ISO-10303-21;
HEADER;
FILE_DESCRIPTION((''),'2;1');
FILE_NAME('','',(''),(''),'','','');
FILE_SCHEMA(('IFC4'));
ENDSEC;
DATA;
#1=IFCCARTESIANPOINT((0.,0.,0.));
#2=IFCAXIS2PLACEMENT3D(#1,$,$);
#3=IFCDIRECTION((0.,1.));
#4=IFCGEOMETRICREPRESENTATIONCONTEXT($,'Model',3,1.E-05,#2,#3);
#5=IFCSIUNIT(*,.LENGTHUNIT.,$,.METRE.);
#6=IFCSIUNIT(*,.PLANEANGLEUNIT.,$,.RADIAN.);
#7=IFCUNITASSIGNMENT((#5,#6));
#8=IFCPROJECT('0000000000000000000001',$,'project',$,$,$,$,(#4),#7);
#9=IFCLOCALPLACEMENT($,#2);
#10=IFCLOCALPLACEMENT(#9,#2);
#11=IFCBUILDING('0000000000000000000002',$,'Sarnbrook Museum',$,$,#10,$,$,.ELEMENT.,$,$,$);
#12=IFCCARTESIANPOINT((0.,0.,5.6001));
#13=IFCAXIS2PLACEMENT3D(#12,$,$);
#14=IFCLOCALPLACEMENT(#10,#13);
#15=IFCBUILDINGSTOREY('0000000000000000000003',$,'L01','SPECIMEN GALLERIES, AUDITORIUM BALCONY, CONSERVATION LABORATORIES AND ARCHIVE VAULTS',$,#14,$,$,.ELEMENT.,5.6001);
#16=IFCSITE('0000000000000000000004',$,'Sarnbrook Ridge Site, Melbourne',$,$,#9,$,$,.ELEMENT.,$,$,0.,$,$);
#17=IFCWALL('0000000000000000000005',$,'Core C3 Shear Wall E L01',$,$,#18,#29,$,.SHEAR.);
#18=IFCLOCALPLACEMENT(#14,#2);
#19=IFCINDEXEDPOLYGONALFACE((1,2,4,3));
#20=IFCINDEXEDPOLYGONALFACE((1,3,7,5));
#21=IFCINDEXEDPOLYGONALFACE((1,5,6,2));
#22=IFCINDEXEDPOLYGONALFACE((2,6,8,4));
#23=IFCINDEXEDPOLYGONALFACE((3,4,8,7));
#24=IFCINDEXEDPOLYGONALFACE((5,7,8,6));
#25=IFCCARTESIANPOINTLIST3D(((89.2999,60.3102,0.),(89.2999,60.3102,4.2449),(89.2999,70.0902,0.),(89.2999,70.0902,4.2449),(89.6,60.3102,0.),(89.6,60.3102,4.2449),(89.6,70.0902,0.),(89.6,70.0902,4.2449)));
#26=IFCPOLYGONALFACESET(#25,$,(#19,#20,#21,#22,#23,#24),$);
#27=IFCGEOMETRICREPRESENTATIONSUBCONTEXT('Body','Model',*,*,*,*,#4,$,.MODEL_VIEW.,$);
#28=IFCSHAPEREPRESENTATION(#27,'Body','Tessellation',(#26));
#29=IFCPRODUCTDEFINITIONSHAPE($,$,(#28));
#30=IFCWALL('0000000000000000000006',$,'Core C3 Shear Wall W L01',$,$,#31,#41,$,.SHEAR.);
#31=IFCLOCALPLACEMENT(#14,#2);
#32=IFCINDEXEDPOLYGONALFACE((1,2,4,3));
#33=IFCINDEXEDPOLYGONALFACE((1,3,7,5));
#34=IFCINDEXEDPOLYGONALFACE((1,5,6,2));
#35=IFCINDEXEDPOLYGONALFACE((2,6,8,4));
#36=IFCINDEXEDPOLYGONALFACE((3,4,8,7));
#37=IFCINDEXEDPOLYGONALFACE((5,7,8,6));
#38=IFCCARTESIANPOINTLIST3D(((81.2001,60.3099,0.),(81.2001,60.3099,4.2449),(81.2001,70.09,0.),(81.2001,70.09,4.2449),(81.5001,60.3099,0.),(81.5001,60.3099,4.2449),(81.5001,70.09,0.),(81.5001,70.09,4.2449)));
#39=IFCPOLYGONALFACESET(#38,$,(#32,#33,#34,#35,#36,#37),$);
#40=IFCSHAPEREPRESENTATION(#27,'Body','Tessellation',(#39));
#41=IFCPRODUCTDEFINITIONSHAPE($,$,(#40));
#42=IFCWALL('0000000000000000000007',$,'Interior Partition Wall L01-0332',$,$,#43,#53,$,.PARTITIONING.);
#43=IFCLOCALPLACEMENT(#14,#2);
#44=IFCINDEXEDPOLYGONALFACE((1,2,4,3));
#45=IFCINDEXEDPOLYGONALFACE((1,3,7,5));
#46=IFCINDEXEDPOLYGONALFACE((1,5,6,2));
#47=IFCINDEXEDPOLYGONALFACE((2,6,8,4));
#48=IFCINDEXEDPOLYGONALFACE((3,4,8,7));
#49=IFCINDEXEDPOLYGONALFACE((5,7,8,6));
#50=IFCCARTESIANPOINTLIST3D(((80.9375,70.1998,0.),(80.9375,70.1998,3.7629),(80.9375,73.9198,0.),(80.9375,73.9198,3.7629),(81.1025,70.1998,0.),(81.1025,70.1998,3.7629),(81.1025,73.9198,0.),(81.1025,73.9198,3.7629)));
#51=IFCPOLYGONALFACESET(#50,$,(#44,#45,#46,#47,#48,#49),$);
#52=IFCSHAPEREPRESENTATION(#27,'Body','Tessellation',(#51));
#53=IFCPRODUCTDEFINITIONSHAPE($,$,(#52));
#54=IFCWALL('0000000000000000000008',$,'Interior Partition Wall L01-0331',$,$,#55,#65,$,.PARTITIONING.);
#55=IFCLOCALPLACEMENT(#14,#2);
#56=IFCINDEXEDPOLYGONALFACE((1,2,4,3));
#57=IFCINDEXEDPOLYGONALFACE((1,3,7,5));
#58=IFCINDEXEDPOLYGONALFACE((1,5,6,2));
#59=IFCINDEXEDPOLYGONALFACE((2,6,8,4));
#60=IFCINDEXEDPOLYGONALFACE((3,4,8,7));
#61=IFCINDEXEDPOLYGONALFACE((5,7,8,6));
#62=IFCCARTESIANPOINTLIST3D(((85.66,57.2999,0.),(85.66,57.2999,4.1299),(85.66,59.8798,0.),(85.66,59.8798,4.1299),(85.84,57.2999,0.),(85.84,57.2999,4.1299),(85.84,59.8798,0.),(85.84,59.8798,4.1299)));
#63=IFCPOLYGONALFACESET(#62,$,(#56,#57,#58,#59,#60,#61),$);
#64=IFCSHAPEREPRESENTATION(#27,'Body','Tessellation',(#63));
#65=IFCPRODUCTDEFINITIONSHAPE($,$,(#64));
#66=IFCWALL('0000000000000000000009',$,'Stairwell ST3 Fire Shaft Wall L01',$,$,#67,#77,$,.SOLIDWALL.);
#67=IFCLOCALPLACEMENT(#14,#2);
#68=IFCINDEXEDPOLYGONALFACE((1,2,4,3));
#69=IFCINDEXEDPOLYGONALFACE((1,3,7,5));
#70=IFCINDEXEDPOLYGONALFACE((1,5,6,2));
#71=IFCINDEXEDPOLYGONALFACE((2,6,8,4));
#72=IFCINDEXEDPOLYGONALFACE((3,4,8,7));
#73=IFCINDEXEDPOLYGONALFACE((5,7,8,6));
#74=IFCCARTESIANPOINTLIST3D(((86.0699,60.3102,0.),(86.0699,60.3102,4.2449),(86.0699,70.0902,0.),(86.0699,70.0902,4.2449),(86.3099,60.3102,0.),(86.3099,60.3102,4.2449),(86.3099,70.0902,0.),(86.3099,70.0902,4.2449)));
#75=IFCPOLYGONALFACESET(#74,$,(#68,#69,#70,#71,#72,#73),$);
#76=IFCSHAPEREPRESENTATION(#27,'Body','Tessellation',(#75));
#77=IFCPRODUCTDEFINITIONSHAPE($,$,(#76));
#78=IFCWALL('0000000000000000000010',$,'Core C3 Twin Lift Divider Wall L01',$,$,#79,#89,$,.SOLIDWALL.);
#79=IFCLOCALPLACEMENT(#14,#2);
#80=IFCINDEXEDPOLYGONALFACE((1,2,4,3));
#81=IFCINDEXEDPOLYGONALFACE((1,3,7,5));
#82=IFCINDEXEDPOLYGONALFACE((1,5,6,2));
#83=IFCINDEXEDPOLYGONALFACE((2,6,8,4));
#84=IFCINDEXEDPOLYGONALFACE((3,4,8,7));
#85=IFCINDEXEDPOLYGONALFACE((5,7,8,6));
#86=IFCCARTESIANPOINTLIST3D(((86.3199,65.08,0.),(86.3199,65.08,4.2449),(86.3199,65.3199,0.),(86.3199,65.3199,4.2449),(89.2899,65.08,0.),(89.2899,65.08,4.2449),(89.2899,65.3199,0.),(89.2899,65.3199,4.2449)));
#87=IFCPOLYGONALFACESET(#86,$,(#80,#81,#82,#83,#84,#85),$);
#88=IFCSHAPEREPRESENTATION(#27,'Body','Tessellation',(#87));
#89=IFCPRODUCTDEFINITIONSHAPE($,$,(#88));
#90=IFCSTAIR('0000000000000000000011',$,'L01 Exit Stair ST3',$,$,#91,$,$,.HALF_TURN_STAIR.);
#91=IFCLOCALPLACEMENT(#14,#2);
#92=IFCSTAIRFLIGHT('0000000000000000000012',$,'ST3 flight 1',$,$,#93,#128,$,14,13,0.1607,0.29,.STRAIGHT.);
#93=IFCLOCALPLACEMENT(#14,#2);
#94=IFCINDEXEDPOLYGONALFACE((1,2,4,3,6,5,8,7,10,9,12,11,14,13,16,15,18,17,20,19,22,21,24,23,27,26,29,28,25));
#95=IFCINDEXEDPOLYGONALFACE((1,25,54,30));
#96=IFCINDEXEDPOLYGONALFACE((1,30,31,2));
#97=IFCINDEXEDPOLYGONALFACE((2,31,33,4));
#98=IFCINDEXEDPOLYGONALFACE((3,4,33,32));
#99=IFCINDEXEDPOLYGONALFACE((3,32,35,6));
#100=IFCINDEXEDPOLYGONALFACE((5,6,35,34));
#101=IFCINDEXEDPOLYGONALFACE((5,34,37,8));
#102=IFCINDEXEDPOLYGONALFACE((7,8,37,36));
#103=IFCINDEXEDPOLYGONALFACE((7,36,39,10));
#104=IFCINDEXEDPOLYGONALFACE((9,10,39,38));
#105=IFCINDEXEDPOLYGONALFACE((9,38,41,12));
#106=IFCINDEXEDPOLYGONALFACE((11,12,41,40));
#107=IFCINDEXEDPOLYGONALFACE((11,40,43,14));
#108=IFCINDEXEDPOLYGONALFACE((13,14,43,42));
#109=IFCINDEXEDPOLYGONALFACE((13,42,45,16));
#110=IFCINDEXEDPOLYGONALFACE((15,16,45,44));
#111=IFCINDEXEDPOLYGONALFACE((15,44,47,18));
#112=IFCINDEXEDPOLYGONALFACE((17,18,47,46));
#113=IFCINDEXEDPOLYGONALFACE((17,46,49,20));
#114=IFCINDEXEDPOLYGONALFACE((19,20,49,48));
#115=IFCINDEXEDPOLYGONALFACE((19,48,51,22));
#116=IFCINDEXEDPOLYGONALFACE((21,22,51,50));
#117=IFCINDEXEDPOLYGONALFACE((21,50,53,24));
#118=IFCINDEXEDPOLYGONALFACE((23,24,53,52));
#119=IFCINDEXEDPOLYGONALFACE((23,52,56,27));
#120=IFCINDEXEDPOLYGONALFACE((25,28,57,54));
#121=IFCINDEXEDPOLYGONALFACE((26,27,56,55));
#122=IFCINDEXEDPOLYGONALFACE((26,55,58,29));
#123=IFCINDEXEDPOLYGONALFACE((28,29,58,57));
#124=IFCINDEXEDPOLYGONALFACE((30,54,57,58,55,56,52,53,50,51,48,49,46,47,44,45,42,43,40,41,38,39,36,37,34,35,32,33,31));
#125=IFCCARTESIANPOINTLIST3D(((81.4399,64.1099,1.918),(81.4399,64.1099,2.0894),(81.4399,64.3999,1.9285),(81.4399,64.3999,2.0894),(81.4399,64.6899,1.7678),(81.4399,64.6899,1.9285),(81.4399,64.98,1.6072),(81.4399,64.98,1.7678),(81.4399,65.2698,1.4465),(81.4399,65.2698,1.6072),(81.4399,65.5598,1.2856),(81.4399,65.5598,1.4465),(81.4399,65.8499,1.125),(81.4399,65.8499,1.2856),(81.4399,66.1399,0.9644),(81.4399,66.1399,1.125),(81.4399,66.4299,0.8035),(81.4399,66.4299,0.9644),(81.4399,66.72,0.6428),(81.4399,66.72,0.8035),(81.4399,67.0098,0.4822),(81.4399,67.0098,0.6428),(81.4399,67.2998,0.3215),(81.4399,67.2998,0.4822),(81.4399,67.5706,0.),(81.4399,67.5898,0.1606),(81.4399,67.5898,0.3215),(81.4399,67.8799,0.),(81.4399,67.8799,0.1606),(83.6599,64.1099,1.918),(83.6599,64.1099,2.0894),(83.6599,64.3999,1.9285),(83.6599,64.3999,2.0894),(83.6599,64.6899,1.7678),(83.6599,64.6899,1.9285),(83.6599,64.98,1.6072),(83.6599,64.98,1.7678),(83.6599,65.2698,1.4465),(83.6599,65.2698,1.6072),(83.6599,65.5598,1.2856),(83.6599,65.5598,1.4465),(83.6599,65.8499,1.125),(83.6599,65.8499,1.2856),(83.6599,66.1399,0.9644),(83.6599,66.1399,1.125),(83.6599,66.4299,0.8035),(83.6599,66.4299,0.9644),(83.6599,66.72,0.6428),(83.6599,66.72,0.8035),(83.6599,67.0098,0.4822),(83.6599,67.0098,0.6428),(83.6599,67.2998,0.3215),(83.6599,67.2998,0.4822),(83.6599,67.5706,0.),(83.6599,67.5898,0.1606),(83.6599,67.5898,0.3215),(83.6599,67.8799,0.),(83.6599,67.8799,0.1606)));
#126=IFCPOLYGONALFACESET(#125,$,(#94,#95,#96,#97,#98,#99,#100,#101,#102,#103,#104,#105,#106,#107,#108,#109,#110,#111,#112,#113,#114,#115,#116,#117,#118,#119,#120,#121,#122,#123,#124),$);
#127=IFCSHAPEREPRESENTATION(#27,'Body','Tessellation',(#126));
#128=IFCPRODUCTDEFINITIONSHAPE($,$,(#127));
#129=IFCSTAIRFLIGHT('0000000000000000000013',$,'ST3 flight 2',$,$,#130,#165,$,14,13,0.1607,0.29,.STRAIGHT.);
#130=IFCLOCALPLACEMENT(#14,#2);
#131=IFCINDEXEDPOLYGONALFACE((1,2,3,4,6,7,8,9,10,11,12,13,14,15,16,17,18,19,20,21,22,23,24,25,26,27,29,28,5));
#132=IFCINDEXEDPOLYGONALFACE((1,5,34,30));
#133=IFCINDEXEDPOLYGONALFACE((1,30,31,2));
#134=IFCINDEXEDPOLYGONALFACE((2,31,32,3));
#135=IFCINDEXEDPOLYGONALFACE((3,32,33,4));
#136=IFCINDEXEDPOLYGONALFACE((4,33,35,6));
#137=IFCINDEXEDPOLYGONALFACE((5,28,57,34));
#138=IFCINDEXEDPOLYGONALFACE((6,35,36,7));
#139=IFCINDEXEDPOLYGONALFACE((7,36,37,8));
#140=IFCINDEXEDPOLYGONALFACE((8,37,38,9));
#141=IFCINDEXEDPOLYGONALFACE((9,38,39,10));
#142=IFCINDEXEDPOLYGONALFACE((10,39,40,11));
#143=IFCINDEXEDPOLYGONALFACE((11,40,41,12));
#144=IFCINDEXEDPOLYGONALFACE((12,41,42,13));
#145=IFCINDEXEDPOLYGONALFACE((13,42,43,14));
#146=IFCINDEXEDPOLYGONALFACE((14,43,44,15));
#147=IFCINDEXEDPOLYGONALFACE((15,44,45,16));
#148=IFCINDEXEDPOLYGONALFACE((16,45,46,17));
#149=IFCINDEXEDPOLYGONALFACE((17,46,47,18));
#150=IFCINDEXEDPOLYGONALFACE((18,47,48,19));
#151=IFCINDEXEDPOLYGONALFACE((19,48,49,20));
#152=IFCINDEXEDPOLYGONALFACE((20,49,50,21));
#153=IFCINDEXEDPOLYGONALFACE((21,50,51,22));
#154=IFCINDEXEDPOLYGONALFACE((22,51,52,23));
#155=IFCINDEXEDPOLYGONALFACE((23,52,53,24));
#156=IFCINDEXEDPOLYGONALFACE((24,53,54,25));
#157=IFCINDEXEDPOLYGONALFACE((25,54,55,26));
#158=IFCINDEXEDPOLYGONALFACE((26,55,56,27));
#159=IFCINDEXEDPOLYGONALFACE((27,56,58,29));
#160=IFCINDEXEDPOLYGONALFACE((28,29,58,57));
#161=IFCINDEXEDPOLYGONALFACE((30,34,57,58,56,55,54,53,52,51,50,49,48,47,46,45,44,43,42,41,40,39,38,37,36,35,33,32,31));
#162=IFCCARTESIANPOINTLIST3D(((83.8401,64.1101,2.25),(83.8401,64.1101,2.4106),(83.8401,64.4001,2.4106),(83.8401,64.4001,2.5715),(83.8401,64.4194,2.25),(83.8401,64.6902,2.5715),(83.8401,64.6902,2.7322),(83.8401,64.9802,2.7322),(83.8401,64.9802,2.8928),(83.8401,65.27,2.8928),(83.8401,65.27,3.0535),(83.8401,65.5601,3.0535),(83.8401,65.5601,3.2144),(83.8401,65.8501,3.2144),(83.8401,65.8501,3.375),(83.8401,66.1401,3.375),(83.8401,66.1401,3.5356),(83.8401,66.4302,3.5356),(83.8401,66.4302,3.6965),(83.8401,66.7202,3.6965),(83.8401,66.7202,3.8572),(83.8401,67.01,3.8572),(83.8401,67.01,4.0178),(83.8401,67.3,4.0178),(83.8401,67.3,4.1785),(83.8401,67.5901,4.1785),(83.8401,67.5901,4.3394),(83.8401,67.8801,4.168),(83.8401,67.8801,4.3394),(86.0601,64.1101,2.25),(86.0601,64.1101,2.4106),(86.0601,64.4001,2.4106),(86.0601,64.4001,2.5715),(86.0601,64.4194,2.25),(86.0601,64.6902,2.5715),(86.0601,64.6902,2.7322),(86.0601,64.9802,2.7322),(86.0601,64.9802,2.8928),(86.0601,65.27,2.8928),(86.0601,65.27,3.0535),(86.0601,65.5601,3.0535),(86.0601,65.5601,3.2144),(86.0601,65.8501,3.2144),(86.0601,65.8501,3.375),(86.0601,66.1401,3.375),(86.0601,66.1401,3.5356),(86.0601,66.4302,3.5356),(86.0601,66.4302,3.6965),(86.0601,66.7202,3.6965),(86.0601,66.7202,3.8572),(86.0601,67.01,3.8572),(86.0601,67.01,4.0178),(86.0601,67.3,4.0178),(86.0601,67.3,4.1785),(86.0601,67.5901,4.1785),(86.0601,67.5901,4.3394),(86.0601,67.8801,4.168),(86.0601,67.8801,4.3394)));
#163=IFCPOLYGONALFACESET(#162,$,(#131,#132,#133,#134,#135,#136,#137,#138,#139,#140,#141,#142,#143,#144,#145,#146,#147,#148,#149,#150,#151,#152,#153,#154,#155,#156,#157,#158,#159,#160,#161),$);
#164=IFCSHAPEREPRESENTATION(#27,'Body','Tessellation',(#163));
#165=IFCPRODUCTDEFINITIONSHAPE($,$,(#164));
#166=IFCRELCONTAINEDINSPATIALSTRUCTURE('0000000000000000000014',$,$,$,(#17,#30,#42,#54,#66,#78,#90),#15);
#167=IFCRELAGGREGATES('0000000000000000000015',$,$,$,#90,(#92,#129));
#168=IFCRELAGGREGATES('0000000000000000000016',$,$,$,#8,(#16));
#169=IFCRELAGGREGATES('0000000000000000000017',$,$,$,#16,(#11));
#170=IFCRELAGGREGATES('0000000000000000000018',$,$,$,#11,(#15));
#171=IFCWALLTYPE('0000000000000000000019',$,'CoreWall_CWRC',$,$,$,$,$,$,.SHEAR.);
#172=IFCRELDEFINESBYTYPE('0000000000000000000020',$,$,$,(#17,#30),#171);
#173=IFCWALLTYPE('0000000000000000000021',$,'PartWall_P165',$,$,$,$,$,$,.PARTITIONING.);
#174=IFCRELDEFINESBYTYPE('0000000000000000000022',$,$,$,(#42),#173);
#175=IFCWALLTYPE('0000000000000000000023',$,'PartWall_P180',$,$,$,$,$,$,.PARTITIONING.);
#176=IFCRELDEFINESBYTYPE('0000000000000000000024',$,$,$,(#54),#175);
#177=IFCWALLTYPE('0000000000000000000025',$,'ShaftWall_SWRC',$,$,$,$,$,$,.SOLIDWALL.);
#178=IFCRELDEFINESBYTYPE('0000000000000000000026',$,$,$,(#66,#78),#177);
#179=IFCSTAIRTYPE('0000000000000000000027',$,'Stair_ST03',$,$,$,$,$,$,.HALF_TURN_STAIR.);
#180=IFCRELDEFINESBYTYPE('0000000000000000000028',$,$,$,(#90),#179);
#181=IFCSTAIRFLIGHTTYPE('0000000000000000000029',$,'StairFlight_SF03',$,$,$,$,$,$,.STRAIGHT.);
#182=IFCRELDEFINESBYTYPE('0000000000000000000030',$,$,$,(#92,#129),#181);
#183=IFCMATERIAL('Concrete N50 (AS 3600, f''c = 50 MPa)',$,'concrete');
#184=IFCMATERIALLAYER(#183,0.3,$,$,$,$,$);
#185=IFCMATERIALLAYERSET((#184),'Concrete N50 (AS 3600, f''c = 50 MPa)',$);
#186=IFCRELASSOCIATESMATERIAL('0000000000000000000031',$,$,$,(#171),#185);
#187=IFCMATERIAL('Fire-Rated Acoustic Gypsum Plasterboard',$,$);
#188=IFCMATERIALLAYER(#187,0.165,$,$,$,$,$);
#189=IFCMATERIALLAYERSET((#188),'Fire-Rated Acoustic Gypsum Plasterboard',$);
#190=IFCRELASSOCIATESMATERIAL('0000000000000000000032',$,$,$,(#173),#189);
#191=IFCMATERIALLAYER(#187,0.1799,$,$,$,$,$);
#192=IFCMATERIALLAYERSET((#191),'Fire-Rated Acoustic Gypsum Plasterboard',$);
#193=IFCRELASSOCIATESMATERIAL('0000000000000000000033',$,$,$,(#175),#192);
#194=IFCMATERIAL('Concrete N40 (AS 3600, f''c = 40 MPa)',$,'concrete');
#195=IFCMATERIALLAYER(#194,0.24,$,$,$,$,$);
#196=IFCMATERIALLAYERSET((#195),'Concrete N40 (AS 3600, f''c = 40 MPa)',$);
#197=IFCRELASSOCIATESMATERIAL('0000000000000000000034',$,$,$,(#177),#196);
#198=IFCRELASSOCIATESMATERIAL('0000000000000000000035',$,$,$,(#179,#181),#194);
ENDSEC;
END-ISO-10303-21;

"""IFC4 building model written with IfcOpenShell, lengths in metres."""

from ifc_helpers import new_model, si_unit, direction, frame, frame_2d, origin, place, context, subcontext, project, spatial, polyline, rectangle, outline, extrude, material, layer, layer_set, type_object, element, aggregate, save


model = new_model("IFC4")

# Units and contexts
model_context = context("Model", 3, precision=1e-05, world=origin(), true_north=direction((0.0, 1.0)))
body_context = subcontext(model_context, "Body", "Model", "MODEL_VIEW")
ifc_project = project(units=[si_unit("LENGTHUNIT", "METRE"), si_unit("PLANEANGLEUNIT", "RADIAN")], contexts=[model_context])

# Site, building, storey
site_placement = place(None, origin())
site = spatial("IfcSite", under=ifc_project, at=site_placement, Name="Sarnbrook Ridge Site, Melbourne", CompositionType="ELEMENT", RefElevation=0.0)
building_placement = place(site_placement, origin())
building = spatial("IfcBuilding", under=site, at=building_placement, Name="Sarnbrook Museum", CompositionType="ELEMENT")
storey_placement = place(building_placement, frame((0.0, 0.0, 5.6001)))
storey = spatial("IfcBuildingStorey", under=building, at=storey_placement, Name="L01", Description="SPECIMEN GALLERIES, AUDITORIUM BALCONY, CONSERVATION LABORATORIES AND ARCHIVE VAULTS", CompositionType="ELEMENT", Elevation=5.6001)

# Shared definitions
ifc_material_1 = material(Name="Concrete N50 (AS 3600, f'c = 50 MPa)", Category="concrete")
ifc_layer_1 = layer(ifc_material_1, 0.3)
ifc_layer_set_1 = layer_set([ifc_layer_1], Name="Concrete N50 (AS 3600, f'c = 50 MPa)")
wall_type_1 = type_object("IfcWallType", Name="CoreWall_CWRC", PredefinedType="SHEAR", material=ifc_layer_set_1)

# Walls
for number, where, z_axis, x_axis, name in (
    (1, (89.45, 60.3101, 0.0), (0.0, 0.0, 1.0), (0.0, 1.0, 0.0), "Core C3 Shear Wall E L01"),
    (2, (81.3501, 70.0901, 0.0), (0.0, 0.0, 1.0), (0.0, -1.0, 0.0), "Core C3 Shear Wall W L01"),
):
    element("IfcWall", number, at=place(storey_placement, frame(where, z_axis=z_axis, x_axis=x_axis)), inside=storey, type_object=wall_type_1, Name=name, PredefinedType="SHEAR", context=body_context, shape_type="SweptSolid", body=[
        extrude(rectangle(XDim=9.78, YDim=0.3, at=frame_2d((4.8901, 0.0))), origin(), (0.0, 0.0, 1.0), 4.2449),
    ])
ifc_material_2 = material(Name="Fire-Rated Acoustic Gypsum Plasterboard")
ifc_layer_2 = layer(ifc_material_2, 0.165)
ifc_layer_set_2 = layer_set([ifc_layer_2], Name="Fire-Rated Acoustic Gypsum Plasterboard")
wall_type_2 = type_object("IfcWallType", Name="PartWall_P165", PredefinedType="PARTITIONING", material=ifc_layer_set_2)
wall_1_placement = place(storey_placement, frame((81.02, 70.2, 0.0), z_axis=(0.0, 0.0, 1.0), x_axis=(0.0, 1.0, 0.0)))
element("IfcWall", 3, at=wall_1_placement, inside=storey, type_object=wall_type_2, Name="Interior Partition Wall L01-0332", PredefinedType="PARTITIONING", context=body_context, shape_type="SweptSolid", body=[
    extrude(rectangle(XDim=3.72, YDim=0.165, at=frame_2d((1.8599, 0.0))), origin(), (0.0, 0.0, 1.0), 3.7629),
])
ifc_layer_3 = layer(ifc_material_2, 0.1799)
ifc_layer_set_3 = layer_set([ifc_layer_3], Name="Fire-Rated Acoustic Gypsum Plasterboard")
wall_type_3 = type_object("IfcWallType", Name="PartWall_P180", PredefinedType="PARTITIONING", material=ifc_layer_set_3)
wall_2_placement = place(storey_placement, frame((85.75, 59.8799, 0.0), z_axis=(0.0, 0.0, 1.0), x_axis=(0.0, -1.0, 0.0)))
element("IfcWall", 4, at=wall_2_placement, inside=storey, type_object=wall_type_3, Name="Interior Partition Wall L01-0331", PredefinedType="PARTITIONING", context=body_context, shape_type="SweptSolid", body=[
    extrude(rectangle(XDim=2.5798, YDim=0.1799, at=frame_2d((1.29, 0.0))), origin(), (0.0, 0.0, 1.0), 4.1299),
])
ifc_material_3 = material(Name="Concrete N40 (AS 3600, f'c = 40 MPa)", Category="concrete")
ifc_layer_4 = layer(ifc_material_3, 0.24)
ifc_layer_set_4 = layer_set([ifc_layer_4], Name="Concrete N40 (AS 3600, f'c = 40 MPa)")
wall_type_4 = type_object("IfcWallType", Name="ShaftWall_SWRC", PredefinedType="SOLIDWALL", material=ifc_layer_set_4)
wall_3_placement = place(storey_placement, frame((86.1899, 60.3101, 0.0), z_axis=(0.0, 0.0, 1.0), x_axis=(0.0, 1.0, 0.0)))
element("IfcWall", 5, at=wall_3_placement, inside=storey, type_object=wall_type_4, Name="Stairwell ST3 Fire Shaft Wall L01", PredefinedType="SOLIDWALL", context=body_context, shape_type="SweptSolid", body=[
    extrude(rectangle(XDim=9.78, YDim=0.24, at=frame_2d((4.8901, 0.0))), origin(), (0.0, 0.0, 1.0), 4.2449),
])
wall_4_placement = place(storey_placement, frame((86.3201, 65.2, 0.0), z_axis=(0.0, 0.0, 1.0), x_axis=(1.0, 0.0, 0.0)))
element("IfcWall", 6, at=wall_4_placement, inside=storey, type_object=wall_type_4, Name="Core C3 Twin Lift Divider Wall L01", PredefinedType="SOLIDWALL", context=body_context, shape_type="SweptSolid", body=[
    extrude(rectangle(XDim=2.97, YDim=0.24, at=frame_2d((1.4849, 0.0))), origin(), (0.0, 0.0, 1.0), 4.2449),
])

# Stair, stair flights
stair_type = type_object("IfcStairType", Name="Stair_ST03", PredefinedType="HALF_TURN_STAIR", material=ifc_material_3)
stair_placement = place(storey_placement, origin())
stair = element("IfcStair", 7, at=stair_placement, inside=storey, type_object=stair_type, Name="L01 Exit Stair ST3", PredefinedType="HALF_TURN_STAIR")
stair_flight_type = type_object("IfcStairFlightType", Name="StairFlight_SF03", PredefinedType="STRAIGHT", material=ifc_material_3)
stair_flight_1_placement = place(storey_placement, frame((82.55, 67.8799, 0.0), z_axis=(0.0, 0.0, 1.0), x_axis=(0.0, -1.0, 0.0)))
stair_flight_1 = element("IfcStairFlight", 8, at=stair_flight_1_placement, type_object=stair_flight_type, Name="ST3 flight 1", NumberOfRisers=14, NumberOfTreads=13, PredefinedType="STRAIGHT", RiserHeight=0.1607, TreadLength=0.29, context=body_context, shape_type="SweptSolid", body=[
    extrude(outline(polyline([(0.0, 0.0), (0.0, 0.1606), (0.29, 0.1606), (0.29, 0.3215), (0.5801, 0.3215), (0.5801, 0.4822), (0.8701, 0.4822), (0.8701, 0.6428), (1.1599, 0.6428), (1.1599, 0.8035), (1.45, 0.8035), (1.45, 0.9644), (1.74, 0.9644), (1.74, 1.125), (2.03, 1.125), (2.03, 1.2856), (2.3201, 1.2856), (2.3201, 1.4465), (2.6101, 1.4465), (2.6101, 1.6072), (2.8999, 1.6072), (2.8999, 1.7678), (3.1899, 1.7678), (3.1899, 1.9285), (3.48, 1.9285), (3.48, 2.0894), (3.77, 2.0894), (3.77, 2.25), (3.77, 1.918), (0.3093, 0.0), (0.0, 0.0)])), frame((0.0, 1.1099, 0.0), z_axis=(0.0, -1.0, 0.0), x_axis=(1.0, 0.0, 0.0)), (0.0, 0.0, 1.0), 2.22),
])
stair_flight_2_placement = place(storey_placement, frame((84.95, 64.1101, 2.25), z_axis=(0.0, 0.0, 1.0), x_axis=(0.0, 1.0, 0.0)))
stair_flight_2 = element("IfcStairFlight", 9, at=stair_flight_2_placement, type_object=stair_flight_type, Name="ST3 flight 2", NumberOfRisers=14, NumberOfTreads=13, PredefinedType="STRAIGHT", RiserHeight=0.1607, TreadLength=0.29, context=body_context, shape_type="SweptSolid", body=[
    extrude(outline(polyline([(0.0, 0.0), (0.0, 0.1606), (0.29, 0.1606), (0.29, 0.3215), (0.5801, 0.3215), (0.5801, 0.4822), (0.8701, 0.4822), (0.8701, 0.6428), (1.1599, 0.6428), (1.1599, 0.8035), (1.45, 0.8035), (1.45, 0.9644), (1.74, 0.9644), (1.74, 1.125), (2.03, 1.125), (2.03, 1.2856), (2.3201, 1.2856), (2.3201, 1.4465), (2.6101, 1.4465), (2.6101, 1.6072), (2.8999, 1.6072), (2.8999, 1.7678), (3.1899, 1.7678), (3.1899, 1.9285), (3.48, 1.9285), (3.48, 2.0894), (3.77, 2.0894), (3.77, 2.25), (3.77, 1.918), (0.3093, 0.0), (0.0, 0.0)])), frame((0.0, 1.1099, 0.0), z_axis=(0.0, -1.0, 0.0), x_axis=(1.0, 0.0, 0.0)), (0.0, 0.0, 1.0), 2.22),
])
aggregate(stair, [stair_flight_1, stair_flight_2])

save(model, "model.ifc")
